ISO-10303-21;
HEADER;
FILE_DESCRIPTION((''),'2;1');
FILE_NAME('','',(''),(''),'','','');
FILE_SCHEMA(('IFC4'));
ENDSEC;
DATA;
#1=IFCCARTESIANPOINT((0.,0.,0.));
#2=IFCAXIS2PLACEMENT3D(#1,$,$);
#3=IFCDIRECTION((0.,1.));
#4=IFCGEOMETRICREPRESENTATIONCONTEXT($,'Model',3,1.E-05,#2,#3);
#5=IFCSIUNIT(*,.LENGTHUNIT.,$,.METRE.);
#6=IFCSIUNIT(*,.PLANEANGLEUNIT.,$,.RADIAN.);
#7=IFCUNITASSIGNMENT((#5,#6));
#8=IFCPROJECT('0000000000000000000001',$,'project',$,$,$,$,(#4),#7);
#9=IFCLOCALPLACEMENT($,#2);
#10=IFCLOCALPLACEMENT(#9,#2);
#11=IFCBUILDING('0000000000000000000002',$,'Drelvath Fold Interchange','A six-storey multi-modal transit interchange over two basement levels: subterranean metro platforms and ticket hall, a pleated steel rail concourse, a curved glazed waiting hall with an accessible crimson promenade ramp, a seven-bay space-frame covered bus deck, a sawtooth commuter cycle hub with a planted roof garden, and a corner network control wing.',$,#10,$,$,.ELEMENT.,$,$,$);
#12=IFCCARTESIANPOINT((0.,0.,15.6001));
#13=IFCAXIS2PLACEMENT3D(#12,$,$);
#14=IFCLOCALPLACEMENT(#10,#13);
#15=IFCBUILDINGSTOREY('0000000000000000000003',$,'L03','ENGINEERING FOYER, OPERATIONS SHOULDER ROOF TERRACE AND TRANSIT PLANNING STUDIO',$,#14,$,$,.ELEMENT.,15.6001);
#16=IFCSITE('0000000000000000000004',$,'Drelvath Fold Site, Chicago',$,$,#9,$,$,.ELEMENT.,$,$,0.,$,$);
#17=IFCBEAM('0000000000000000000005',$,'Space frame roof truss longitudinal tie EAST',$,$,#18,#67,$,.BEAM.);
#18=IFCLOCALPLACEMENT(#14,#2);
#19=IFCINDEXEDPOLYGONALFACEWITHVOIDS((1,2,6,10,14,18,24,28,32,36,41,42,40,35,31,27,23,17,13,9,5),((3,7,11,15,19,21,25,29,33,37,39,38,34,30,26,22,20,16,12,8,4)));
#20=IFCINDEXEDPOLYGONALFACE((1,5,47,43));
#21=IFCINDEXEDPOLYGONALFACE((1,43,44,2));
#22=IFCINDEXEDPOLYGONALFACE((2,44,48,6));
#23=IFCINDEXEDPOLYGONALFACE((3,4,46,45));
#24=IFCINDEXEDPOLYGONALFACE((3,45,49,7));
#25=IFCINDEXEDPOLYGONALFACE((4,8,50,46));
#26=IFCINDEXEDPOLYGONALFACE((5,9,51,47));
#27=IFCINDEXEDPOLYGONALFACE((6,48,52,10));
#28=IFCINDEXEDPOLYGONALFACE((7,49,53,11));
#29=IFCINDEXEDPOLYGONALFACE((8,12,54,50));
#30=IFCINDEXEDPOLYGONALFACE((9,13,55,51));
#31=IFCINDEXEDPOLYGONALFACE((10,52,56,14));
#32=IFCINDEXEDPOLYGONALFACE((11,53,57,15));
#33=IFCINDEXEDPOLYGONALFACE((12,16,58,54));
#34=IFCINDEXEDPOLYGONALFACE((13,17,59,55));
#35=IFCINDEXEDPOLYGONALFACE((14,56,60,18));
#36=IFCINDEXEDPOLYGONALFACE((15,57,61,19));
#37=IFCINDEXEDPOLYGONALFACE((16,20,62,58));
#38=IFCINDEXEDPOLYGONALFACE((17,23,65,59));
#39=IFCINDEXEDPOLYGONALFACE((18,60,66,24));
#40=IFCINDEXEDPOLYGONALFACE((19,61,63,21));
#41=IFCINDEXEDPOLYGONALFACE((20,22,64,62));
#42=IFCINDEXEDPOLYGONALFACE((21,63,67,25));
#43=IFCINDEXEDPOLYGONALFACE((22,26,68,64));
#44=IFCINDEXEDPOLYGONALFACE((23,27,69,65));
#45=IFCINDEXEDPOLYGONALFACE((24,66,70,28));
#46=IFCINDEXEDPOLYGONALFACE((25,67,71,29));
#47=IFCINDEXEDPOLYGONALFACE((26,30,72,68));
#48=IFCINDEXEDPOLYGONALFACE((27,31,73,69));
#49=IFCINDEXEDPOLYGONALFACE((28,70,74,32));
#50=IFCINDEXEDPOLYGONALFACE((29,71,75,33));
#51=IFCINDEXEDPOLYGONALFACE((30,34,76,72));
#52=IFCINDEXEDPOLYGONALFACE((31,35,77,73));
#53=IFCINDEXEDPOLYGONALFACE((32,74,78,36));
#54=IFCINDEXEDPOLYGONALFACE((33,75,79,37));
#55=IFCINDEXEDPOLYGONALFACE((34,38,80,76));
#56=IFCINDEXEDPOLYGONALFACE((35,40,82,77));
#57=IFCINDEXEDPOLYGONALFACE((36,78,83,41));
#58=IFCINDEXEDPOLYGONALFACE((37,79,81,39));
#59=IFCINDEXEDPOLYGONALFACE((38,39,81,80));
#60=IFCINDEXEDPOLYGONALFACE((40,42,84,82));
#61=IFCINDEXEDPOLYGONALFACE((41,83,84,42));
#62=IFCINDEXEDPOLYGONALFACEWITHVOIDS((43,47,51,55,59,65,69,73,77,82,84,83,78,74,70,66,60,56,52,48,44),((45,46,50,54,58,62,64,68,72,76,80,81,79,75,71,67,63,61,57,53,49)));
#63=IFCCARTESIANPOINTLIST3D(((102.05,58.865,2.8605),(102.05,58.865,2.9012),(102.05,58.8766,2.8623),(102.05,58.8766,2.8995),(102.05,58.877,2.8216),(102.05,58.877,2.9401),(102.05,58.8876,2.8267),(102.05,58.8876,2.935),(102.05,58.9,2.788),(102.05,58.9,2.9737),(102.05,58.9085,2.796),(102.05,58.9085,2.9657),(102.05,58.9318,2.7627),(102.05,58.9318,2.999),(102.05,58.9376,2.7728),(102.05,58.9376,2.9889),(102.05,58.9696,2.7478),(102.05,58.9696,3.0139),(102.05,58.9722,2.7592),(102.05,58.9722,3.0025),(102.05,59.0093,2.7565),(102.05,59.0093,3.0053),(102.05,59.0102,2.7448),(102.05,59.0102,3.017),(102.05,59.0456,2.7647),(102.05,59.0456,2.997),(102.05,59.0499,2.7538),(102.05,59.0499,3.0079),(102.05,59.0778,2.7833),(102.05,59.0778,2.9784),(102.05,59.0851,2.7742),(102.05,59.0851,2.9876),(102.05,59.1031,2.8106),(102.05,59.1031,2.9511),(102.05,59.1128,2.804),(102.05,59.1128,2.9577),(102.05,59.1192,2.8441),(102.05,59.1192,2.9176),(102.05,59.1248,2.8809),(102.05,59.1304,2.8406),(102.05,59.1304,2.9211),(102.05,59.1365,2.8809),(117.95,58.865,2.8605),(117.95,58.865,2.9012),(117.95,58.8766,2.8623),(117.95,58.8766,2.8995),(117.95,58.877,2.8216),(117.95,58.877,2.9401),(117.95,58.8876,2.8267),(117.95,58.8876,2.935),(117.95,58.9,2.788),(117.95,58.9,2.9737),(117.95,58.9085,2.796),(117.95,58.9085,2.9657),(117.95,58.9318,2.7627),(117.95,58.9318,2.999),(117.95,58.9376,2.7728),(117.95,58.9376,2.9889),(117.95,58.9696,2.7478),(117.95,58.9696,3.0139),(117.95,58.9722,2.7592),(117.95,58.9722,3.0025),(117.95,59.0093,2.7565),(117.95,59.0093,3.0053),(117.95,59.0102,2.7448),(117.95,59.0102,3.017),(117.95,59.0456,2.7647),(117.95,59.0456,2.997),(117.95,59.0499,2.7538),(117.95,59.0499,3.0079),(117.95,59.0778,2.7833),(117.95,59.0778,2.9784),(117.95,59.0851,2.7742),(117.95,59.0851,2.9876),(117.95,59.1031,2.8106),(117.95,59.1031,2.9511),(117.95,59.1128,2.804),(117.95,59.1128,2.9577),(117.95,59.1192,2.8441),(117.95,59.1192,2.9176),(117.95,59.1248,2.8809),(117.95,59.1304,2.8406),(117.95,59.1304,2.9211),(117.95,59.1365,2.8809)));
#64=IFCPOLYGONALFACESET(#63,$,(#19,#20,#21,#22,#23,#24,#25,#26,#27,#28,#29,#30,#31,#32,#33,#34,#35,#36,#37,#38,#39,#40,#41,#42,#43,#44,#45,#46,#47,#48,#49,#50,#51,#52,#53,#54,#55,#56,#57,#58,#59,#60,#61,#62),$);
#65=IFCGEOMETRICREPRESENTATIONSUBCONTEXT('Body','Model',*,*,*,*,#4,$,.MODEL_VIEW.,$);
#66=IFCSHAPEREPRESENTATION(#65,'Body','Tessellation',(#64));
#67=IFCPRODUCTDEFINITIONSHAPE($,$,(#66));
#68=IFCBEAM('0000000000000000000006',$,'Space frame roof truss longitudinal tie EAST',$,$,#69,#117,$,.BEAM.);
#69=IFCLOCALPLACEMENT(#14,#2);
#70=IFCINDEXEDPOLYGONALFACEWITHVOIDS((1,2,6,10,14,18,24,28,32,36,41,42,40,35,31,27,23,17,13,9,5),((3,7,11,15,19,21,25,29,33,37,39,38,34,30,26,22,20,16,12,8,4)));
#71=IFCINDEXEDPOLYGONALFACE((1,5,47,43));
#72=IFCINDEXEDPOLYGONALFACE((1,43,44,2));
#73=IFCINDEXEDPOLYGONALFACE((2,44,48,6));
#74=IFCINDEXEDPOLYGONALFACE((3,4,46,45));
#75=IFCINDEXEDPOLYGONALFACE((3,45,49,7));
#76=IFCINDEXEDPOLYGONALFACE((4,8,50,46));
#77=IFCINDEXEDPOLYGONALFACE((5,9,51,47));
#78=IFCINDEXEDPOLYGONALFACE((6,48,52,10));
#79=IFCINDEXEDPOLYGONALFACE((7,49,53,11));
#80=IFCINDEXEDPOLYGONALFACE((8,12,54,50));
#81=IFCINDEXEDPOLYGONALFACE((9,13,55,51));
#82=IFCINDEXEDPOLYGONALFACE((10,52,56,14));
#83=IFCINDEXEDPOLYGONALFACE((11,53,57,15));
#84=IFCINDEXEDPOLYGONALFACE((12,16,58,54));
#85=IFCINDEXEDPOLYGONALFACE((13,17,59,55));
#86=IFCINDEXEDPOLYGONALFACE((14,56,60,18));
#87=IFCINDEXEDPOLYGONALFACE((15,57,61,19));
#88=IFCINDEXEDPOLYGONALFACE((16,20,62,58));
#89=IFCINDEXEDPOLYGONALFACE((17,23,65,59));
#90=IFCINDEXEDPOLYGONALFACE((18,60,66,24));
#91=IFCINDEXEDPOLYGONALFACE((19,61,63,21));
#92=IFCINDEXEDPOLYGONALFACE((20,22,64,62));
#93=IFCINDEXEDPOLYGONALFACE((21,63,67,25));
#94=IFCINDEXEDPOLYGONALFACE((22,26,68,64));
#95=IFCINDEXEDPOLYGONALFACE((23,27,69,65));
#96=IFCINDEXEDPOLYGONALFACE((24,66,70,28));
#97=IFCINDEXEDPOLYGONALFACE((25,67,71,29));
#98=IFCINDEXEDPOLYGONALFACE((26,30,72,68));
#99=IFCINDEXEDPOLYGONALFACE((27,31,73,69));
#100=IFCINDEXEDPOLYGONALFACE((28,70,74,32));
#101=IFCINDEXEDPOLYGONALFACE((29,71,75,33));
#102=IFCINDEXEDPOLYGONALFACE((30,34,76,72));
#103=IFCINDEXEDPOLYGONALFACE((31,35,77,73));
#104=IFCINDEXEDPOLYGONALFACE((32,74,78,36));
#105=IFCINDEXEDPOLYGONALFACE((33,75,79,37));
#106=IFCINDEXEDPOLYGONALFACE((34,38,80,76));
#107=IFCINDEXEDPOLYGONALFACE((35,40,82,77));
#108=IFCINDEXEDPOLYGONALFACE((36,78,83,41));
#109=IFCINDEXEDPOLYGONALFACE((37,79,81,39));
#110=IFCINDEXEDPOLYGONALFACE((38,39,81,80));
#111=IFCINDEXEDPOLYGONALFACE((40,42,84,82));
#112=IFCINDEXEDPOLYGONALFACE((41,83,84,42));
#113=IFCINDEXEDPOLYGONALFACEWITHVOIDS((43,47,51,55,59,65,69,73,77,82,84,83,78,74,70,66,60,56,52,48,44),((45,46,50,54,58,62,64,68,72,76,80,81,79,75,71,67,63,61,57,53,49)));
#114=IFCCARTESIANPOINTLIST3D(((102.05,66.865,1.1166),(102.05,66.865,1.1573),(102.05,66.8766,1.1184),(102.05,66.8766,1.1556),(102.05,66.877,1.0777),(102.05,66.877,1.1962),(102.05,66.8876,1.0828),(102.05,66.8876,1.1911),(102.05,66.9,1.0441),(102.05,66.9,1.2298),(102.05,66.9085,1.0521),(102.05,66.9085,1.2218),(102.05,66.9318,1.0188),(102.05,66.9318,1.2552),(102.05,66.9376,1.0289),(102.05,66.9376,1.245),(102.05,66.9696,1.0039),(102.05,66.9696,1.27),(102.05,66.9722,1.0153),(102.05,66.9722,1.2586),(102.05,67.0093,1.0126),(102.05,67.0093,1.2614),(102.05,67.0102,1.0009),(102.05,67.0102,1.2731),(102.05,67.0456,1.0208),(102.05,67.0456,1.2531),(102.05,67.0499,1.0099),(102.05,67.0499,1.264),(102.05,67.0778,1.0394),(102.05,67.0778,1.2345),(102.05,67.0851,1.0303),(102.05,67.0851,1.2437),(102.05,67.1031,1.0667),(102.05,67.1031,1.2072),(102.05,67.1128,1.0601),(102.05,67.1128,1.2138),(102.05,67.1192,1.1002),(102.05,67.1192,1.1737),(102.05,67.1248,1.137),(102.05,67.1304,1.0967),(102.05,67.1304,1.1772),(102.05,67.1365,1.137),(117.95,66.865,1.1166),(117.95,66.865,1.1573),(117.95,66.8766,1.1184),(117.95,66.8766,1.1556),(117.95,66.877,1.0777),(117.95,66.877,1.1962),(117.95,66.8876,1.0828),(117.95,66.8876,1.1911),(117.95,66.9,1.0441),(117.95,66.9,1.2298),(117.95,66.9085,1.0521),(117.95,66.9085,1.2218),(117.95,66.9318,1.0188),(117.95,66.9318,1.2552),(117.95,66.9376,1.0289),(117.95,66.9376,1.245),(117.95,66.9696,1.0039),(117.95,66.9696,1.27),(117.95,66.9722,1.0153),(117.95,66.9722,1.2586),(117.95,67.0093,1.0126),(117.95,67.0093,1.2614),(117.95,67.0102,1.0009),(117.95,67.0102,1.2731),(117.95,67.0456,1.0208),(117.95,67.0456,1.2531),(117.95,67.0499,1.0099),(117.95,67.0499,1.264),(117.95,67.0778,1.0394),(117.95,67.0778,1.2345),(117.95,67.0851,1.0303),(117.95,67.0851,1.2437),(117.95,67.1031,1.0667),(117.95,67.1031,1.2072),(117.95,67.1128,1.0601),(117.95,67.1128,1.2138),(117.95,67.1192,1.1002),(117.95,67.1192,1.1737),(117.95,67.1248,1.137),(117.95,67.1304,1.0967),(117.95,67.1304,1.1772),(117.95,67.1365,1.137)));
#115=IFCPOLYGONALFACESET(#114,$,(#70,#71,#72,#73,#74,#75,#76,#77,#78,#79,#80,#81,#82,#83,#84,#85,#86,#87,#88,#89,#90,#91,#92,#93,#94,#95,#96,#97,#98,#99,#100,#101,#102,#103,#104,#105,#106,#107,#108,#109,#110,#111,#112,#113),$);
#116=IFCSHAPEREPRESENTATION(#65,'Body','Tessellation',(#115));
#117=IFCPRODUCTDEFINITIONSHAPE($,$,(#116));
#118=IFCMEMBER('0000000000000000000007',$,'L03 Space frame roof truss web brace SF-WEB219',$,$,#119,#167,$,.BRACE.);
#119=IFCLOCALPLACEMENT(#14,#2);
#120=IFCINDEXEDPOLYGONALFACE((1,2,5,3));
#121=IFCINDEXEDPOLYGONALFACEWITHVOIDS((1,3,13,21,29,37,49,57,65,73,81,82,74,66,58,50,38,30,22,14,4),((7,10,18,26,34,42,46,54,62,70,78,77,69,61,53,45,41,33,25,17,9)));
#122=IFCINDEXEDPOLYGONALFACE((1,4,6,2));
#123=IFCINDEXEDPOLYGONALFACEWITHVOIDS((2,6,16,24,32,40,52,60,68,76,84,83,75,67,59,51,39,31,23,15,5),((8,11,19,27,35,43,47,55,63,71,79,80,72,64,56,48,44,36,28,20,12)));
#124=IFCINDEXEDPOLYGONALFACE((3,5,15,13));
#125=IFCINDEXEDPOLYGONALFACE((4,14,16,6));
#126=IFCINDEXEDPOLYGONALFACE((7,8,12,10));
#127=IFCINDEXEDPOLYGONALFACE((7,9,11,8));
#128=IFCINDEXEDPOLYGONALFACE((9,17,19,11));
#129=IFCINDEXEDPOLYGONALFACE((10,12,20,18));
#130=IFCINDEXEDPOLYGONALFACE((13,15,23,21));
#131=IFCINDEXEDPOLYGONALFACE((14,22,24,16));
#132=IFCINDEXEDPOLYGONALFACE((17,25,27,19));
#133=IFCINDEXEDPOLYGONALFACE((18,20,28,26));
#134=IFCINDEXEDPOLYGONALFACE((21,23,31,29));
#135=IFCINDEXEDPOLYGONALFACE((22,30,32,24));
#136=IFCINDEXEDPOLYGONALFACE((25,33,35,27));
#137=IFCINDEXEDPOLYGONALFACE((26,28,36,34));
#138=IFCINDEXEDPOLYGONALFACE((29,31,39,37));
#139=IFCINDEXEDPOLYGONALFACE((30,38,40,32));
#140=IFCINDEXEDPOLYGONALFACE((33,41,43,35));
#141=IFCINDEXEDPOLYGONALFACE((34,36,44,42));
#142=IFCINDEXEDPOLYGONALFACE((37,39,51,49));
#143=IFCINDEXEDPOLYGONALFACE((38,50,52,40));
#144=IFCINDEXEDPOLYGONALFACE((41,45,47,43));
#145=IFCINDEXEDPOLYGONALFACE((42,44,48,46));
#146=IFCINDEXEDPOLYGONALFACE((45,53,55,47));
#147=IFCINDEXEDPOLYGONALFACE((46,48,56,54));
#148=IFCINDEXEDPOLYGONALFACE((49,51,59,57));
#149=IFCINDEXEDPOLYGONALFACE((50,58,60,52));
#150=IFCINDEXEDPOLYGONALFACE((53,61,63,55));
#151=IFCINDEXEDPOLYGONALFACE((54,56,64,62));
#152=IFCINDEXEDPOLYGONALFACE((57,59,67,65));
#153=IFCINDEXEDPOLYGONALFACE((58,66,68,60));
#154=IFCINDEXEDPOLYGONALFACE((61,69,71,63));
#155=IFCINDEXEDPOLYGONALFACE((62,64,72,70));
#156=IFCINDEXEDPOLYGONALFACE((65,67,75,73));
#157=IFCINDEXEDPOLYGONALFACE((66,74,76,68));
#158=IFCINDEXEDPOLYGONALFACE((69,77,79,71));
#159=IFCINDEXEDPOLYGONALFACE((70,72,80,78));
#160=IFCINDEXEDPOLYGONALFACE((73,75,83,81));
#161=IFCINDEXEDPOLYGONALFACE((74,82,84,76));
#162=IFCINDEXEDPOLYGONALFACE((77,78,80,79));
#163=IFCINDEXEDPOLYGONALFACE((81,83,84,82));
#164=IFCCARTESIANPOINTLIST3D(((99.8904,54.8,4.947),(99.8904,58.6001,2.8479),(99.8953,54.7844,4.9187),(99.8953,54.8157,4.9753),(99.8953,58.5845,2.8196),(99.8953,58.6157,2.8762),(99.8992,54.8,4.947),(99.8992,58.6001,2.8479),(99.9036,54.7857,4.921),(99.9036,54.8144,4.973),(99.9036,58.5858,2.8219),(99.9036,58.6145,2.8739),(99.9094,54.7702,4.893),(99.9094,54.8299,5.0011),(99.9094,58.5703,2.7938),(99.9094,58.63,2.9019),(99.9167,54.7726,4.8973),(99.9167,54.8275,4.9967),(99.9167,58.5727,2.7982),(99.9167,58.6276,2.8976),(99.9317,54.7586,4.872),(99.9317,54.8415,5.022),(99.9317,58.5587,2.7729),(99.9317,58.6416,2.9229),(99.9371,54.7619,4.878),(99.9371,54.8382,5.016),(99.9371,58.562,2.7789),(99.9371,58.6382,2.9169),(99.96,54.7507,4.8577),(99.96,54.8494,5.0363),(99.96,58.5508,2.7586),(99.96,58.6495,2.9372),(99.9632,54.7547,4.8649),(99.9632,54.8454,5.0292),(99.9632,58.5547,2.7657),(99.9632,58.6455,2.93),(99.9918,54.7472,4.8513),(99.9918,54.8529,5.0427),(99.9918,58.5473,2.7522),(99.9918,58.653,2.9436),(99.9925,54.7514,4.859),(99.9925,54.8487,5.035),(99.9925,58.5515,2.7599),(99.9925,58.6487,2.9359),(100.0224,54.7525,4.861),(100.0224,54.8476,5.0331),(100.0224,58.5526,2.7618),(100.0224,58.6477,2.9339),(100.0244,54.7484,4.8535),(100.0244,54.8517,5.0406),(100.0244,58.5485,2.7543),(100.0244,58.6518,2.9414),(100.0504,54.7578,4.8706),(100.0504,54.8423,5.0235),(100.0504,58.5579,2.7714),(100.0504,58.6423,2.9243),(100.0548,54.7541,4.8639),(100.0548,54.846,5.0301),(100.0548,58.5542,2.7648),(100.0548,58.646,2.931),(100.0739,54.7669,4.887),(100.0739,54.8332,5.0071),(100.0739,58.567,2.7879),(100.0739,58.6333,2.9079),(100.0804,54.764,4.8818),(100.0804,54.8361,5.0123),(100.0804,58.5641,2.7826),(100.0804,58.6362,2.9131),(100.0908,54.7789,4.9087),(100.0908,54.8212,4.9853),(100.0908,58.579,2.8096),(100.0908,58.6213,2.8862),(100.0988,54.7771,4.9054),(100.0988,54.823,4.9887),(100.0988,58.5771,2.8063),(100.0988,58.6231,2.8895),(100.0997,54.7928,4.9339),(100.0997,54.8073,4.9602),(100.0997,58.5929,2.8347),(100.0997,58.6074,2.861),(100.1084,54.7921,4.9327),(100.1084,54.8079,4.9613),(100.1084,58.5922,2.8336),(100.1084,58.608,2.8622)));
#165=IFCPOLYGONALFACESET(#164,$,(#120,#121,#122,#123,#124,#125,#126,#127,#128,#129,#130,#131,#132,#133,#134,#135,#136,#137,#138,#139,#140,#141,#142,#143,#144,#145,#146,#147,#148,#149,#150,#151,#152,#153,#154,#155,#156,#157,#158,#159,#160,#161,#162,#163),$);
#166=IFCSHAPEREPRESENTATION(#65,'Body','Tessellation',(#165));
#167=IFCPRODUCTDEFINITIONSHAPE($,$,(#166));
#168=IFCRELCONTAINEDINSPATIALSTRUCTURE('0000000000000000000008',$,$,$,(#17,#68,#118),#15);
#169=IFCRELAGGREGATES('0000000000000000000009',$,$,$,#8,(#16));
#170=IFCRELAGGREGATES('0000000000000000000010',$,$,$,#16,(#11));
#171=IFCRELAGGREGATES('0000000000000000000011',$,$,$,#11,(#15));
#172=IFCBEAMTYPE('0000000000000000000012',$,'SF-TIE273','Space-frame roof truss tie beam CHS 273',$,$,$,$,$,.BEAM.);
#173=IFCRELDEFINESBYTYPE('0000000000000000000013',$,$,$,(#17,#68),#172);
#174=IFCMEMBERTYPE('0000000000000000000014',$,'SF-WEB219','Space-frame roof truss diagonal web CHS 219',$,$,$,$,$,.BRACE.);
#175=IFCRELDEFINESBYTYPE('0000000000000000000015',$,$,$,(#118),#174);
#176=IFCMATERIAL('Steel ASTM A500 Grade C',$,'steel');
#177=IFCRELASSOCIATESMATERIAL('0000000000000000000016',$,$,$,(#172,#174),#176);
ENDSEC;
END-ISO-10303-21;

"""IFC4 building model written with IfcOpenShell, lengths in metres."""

from ifc_helpers import new_model, si_unit, direction, frame, origin, origin_2d, place, context, subcontext, project, spatial, hollow_circle, extrude, material, material_profile, profile_set, type_object, element, save


model = new_model("IFC4")

# Units and contexts
model_context = context("Model", 3, precision=1e-05, world=origin(), true_north=direction((0.0, 1.0)))
body_context = subcontext(model_context, "Body", "Model", "MODEL_VIEW")
ifc_project = project(units=[si_unit("LENGTHUNIT", "METRE"), si_unit("PLANEANGLEUNIT", "RADIAN")], contexts=[model_context])

# Site, building, storey
site_placement = place(None, origin())
site = spatial("IfcSite", under=ifc_project, at=site_placement, Name="Drelvath Fold Site, Chicago", CompositionType="ELEMENT", RefElevation=0.0)
building_placement = place(site_placement, origin())
building = spatial("IfcBuilding", under=site, at=building_placement, Name="Drelvath Fold Interchange", Description="A six-storey multi-modal transit interchange over two basement levels: subterranean metro platforms and ticket hall, a pleated steel rail concourse, a curved glazed waiting hall with an accessible crimson promenade ramp, a seven-bay space-frame covered bus deck, a sawtooth commuter cycle hub with a planted roof garden, and a corner network control wing.", CompositionType="ELEMENT")
storey_placement = place(building_placement, frame((0.0, 0.0, 15.6001)))
storey = spatial("IfcBuildingStorey", under=building, at=storey_placement, Name="L03", Description="ENGINEERING FOYER, OPERATIONS SHOULDER ROOF TERRACE AND TRANSIT PLANNING STUDIO", CompositionType="ELEMENT", Elevation=15.6001)

# Shared definitions
ifc_material_1 = material(Name="Steel ASTM A500 Grade C", Category="steel")

# Beams
ifc_material_profile_1 = material_profile(ifc_material_1, hollow_circle(Radius=0.1365, WallThickness=0.0117, at=origin_2d()), Name="HSS10.750X0.500")
ifc_profile_set_1 = profile_set([ifc_material_profile_1], Name="Steel ASTM A500 Grade C")
beam_type_1 = type_object("IfcBeamType", Name="SF-TIE273", Description="Space-frame roof truss tie beam CHS 273", PredefinedType="BEAM", material=ifc_profile_set_1)
for number, where, z_axis, x_axis, name in (
    (1, (102.05, 59.0, 2.8809), (1.0, 0.0, 0.0), (0.0, 1.0, 0.0), "Space frame roof truss longitudinal tie EAST"),
    (2, (102.05, 67.0, 1.137), (1.0, 0.0, 0.0), (0.0, 1.0, 0.0), "Space frame roof truss longitudinal tie EAST"),
):
    element("IfcBeam", number, at=place(storey_placement, frame(where, z_axis=z_axis, x_axis=x_axis)), inside=storey, type_object=beam_type_1, Name=name, PredefinedType="BEAM", context=body_context, shape_type="SweptSolid", body=[
        extrude(hollow_circle(Radius=0.1365, WallThickness=0.0117, at=origin_2d()), origin(), (0.0, 0.0, 1.0), 15.8999),
    ])

# Member
ifc_material_profile_2 = material_profile(ifc_material_1, hollow_circle(Radius=0.1096, WallThickness=0.0088, at=origin_2d()), Name="HSS8.625X0.375")
ifc_profile_set_2 = profile_set([ifc_material_profile_2], Name="Steel ASTM A500 Grade C")
member_type_1 = type_object("IfcMemberType", Name="SF-WEB219", Description="Space-frame roof truss diagonal web CHS 219", PredefinedType="BRACE", material=ifc_profile_set_2)
member_1_placement = place(storey_placement, frame((100.0, 54.8, 4.947), z_axis=(0.0, 0.87533, -0.483526), x_axis=(-1.0, 0.0, 0.0)))
element("IfcMember", 3, at=member_1_placement, inside=storey, type_object=member_type_1, Name="L03 Space frame roof truss web brace SF-WEB219", PredefinedType="BRACE", context=body_context, shape_type="SweptSolid", body=[
    extrude(hollow_circle(Radius=0.1096, WallThickness=0.0088, at=origin_2d()), origin(), (0.0, 0.0, 1.0), 4.3413),
])

save(model, "model.ifc")
